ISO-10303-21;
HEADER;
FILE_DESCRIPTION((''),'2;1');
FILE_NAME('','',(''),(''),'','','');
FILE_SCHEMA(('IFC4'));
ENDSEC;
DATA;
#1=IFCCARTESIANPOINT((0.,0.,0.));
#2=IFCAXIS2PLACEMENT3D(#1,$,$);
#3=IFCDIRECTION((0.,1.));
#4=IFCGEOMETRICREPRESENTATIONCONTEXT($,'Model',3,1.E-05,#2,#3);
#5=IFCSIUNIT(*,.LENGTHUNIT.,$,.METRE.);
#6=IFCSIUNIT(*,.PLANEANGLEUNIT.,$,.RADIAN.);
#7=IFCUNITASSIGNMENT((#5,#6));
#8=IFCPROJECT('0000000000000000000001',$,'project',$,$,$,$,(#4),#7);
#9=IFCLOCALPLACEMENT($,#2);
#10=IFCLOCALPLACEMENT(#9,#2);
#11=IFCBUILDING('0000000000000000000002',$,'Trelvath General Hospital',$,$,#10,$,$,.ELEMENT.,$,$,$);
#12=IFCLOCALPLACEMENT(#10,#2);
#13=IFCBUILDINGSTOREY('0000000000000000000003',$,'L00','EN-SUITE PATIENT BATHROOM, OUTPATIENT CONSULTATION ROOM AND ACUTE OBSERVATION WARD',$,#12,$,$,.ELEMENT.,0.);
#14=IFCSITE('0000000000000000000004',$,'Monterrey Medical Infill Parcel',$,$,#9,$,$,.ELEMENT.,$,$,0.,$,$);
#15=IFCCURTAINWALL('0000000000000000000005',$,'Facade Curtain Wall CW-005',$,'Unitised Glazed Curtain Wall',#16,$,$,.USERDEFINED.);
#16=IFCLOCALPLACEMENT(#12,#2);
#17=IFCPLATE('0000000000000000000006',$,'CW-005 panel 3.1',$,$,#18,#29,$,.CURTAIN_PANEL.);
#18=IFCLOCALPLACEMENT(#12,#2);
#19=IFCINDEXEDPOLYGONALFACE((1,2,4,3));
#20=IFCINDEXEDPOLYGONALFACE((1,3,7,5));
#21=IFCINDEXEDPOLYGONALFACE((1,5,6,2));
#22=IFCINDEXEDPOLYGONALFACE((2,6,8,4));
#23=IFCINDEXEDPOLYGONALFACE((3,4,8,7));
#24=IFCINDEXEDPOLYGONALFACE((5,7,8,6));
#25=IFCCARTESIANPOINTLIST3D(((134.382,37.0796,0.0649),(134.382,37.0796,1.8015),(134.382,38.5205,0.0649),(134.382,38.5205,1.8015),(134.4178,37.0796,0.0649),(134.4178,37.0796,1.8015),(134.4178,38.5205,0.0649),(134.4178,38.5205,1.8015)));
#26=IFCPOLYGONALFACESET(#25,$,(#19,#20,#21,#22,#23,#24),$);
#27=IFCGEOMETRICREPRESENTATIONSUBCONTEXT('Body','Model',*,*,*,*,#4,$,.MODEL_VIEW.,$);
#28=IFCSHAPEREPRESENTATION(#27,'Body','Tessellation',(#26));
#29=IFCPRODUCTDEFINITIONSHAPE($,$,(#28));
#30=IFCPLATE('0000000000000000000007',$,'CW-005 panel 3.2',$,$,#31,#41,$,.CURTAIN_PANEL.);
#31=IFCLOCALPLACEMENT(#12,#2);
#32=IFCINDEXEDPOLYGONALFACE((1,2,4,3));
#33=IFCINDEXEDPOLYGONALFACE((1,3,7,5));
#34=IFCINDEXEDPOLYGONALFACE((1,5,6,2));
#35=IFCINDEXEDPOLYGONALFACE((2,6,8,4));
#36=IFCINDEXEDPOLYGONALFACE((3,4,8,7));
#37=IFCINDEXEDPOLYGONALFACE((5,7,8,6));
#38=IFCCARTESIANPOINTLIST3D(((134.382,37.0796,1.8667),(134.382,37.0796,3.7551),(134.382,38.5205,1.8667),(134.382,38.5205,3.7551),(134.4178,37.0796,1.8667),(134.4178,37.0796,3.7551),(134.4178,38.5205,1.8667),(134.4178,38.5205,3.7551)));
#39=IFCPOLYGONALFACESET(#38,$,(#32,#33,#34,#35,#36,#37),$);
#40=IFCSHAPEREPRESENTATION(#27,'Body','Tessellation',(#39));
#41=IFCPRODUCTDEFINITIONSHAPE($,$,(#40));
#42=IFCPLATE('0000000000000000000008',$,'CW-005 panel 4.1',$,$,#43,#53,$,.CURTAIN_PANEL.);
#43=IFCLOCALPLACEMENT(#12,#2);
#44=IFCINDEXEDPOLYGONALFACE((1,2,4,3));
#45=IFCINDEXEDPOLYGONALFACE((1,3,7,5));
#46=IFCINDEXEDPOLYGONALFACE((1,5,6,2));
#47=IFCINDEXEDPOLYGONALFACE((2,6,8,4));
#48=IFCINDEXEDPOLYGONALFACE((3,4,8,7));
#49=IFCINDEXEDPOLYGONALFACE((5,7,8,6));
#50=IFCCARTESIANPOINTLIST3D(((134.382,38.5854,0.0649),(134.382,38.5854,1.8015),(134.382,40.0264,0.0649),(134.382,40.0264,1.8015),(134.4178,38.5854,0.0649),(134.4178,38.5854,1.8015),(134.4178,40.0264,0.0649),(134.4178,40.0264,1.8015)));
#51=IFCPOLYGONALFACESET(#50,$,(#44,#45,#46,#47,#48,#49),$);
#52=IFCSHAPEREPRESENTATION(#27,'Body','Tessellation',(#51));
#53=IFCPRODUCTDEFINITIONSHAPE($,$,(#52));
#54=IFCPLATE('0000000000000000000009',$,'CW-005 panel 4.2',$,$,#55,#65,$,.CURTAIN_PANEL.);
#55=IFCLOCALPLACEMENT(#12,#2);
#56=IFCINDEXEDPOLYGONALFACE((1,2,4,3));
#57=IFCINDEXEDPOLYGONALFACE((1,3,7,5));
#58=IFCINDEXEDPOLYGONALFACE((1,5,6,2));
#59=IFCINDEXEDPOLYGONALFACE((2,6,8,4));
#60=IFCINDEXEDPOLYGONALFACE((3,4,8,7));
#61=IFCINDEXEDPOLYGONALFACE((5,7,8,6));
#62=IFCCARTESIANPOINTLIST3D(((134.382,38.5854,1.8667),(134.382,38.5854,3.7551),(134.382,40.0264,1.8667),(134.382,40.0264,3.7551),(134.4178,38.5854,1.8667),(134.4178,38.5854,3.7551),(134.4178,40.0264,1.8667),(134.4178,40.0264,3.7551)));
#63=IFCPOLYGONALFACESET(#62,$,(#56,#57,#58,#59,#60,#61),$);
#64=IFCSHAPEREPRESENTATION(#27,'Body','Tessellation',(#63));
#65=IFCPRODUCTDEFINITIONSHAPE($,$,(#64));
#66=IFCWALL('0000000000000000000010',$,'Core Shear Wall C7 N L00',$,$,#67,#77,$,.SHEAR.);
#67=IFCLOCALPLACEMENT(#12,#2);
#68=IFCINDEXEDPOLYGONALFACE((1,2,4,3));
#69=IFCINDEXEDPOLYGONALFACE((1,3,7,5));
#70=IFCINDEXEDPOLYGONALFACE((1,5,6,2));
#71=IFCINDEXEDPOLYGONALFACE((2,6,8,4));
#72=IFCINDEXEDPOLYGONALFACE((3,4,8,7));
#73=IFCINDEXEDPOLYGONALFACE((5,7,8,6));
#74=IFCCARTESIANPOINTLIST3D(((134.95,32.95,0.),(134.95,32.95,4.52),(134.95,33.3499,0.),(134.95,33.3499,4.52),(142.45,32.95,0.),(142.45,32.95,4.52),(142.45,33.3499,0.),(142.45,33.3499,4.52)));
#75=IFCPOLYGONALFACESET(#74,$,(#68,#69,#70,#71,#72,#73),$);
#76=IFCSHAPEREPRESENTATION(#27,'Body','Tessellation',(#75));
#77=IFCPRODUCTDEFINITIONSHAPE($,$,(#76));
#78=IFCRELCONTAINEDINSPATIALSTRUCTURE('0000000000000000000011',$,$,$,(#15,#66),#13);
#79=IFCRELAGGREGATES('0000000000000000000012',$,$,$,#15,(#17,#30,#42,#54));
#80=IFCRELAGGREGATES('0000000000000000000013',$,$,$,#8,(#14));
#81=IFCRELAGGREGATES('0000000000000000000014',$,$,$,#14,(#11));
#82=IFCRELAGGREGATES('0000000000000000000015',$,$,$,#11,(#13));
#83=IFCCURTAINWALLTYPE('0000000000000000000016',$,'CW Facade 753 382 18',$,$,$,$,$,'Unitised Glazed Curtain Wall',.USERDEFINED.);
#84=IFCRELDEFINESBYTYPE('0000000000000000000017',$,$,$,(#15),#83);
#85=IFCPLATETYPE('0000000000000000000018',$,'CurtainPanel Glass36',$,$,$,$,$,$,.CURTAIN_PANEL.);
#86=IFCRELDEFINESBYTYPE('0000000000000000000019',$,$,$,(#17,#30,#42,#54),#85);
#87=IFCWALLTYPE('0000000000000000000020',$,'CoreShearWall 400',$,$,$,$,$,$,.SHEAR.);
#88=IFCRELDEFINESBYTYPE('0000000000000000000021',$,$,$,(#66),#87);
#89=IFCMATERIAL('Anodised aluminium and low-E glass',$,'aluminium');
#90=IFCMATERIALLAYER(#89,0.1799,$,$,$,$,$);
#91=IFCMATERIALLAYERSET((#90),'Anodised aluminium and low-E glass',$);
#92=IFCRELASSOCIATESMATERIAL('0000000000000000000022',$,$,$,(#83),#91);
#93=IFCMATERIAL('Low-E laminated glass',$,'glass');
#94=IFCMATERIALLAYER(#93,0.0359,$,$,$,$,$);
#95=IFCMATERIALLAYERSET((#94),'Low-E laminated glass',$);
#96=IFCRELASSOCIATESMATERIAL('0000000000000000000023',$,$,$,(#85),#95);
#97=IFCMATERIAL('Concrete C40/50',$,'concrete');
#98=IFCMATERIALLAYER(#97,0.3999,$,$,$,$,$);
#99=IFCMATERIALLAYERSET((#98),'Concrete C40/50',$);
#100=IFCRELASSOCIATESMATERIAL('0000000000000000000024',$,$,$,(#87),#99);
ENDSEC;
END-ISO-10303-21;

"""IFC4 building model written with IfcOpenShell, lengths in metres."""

from ifc_helpers import new_model, si_unit, direction, frame, frame_2d, origin, origin_2d, place, context, subcontext, project, spatial, rectangle, extrude, material, layer, layer_set, type_object, element, aggregate, save


model = new_model("IFC4")

# Units and contexts
model_context = context("Model", 3, precision=1e-05, world=origin(), true_north=direction((0.0, 1.0)))
body_context = subcontext(model_context, "Body", "Model", "MODEL_VIEW")
ifc_project = project(units=[si_unit("LENGTHUNIT", "METRE"), si_unit("PLANEANGLEUNIT", "RADIAN")], contexts=[model_context])

# Site, building, storey
site_placement = place(None, origin())
site = spatial("IfcSite", under=ifc_project, at=site_placement, Name="Monterrey Medical Infill Parcel", CompositionType="ELEMENT", RefElevation=0.0)
building_placement = place(site_placement, origin())
building = spatial("IfcBuilding", under=site, at=building_placement, Name="Trelvath General Hospital", CompositionType="ELEMENT")
storey_placement = place(building_placement, origin())
storey = spatial("IfcBuildingStorey", under=building, at=storey_placement, Name="L00", Description="EN-SUITE PATIENT BATHROOM, OUTPATIENT CONSULTATION ROOM AND ACUTE OBSERVATION WARD", CompositionType="ELEMENT", Elevation=0.0)

# Curtain wall, plates
ifc_material_1 = material(Name="Anodised aluminium and low-E glass", Category="aluminium")
ifc_layer_1 = layer(ifc_material_1, 0.1799)
ifc_layer_set_1 = layer_set([ifc_layer_1], Name="Anodised aluminium and low-E glass")
curtain_wall_type = type_object("IfcCurtainWallType", Name="CW Facade 753 382 18", ElementType="Unitised Glazed Curtain Wall", PredefinedType="USERDEFINED", material=ifc_layer_set_1)
curtain_wall_placement = place(storey_placement, origin())
curtain_wall = element("IfcCurtainWall", 1, at=curtain_wall_placement, inside=storey, type_object=curtain_wall_type, Name="Facade Curtain Wall CW-005", ObjectType="Unitised Glazed Curtain Wall", PredefinedType="USERDEFINED")
ifc_material_2 = material(Name="Low-E laminated glass", Category="glass")
ifc_layer_2 = layer(ifc_material_2, 0.0359)
ifc_layer_set_2 = layer_set([ifc_layer_2], Name="Low-E laminated glass")
plate_type = type_object("IfcPlateType", Name="CurtainPanel Glass36", PredefinedType="CURTAIN_PANEL", material=ifc_layer_set_2)
plate_1_placement = place(storey_placement, frame((134.3999, 37.8, 0.0649), z_axis=(0.0, 0.0, 1.0), x_axis=(0.0, 1.0, 0.0)))
plate_1 = element("IfcPlate", 2, at=plate_1_placement, type_object=plate_type, Name="CW-005 panel 3.1", PredefinedType="CURTAIN_PANEL", context=body_context, shape_type="SweptSolid", body=[
    extrude(rectangle(XDim=1.4409, YDim=0.0359, at=origin_2d()), origin(), (0.0, 0.0, 1.0), 1.7366),
])
plate_2_placement = place(storey_placement, frame((134.3999, 37.8, 1.8667), z_axis=(0.0, 0.0, 1.0), x_axis=(0.0, 1.0, 0.0)))
plate_2 = element("IfcPlate", 3, at=plate_2_placement, type_object=plate_type, Name="CW-005 panel 3.2", PredefinedType="CURTAIN_PANEL", context=body_context, shape_type="SweptSolid", body=[
    extrude(rectangle(XDim=1.4409, YDim=0.0359, at=origin_2d()), origin(), (0.0, 0.0, 1.0), 1.8884),
])
plate_3_placement = place(storey_placement, frame((134.3999, 39.3059, 0.0649), z_axis=(0.0, 0.0, 1.0), x_axis=(0.0, 1.0, 0.0)))
plate_3 = element("IfcPlate", 4, at=plate_3_placement, type_object=plate_type, Name="CW-005 panel 4.1", PredefinedType="CURTAIN_PANEL", context=body_context, shape_type="SweptSolid", body=[
    extrude(rectangle(XDim=1.4409, YDim=0.0359, at=origin_2d()), origin(), (0.0, 0.0, 1.0), 1.7366),
])
plate_4_placement = place(storey_placement, frame((134.3999, 39.3059, 1.8667), z_axis=(0.0, 0.0, 1.0), x_axis=(0.0, 1.0, 0.0)))
plate_4 = element("IfcPlate", 5, at=plate_4_placement, type_object=plate_type, Name="CW-005 panel 4.2", PredefinedType="CURTAIN_PANEL", context=body_context, shape_type="SweptSolid", body=[
    extrude(rectangle(XDim=1.4409, YDim=0.0359, at=origin_2d()), origin(), (0.0, 0.0, 1.0), 1.8884),
])
aggregate(curtain_wall, [plate_1, plate_2, plate_3, plate_4])

# Wall
ifc_material_3 = material(Name="Concrete C40/50", Category="concrete")
ifc_layer_3 = layer(ifc_material_3, 0.3999)
ifc_layer_set_3 = layer_set([ifc_layer_3], Name="Concrete C40/50")
wall_type = type_object("IfcWallType", Name="CoreShearWall 400", PredefinedType="SHEAR", material=ifc_layer_set_3)
wall_placement = place(storey_placement, frame((134.95, 33.1499, 0.0), z_axis=(0.0, 0.0, 1.0), x_axis=(1.0, 0.0, 0.0)))
element("IfcWall", 6, at=wall_placement, inside=storey, type_object=wall_type, Name="Core Shear Wall C7 N L00", PredefinedType="SHEAR", context=body_context, shape_type="SweptSolid", body=[
    extrude(rectangle(XDim=7.5, YDim=0.3999, at=frame_2d((3.75, 0.0))), origin(), (0.0, 0.0, 1.0), 4.52),
])

save(model, "model.ifc")
